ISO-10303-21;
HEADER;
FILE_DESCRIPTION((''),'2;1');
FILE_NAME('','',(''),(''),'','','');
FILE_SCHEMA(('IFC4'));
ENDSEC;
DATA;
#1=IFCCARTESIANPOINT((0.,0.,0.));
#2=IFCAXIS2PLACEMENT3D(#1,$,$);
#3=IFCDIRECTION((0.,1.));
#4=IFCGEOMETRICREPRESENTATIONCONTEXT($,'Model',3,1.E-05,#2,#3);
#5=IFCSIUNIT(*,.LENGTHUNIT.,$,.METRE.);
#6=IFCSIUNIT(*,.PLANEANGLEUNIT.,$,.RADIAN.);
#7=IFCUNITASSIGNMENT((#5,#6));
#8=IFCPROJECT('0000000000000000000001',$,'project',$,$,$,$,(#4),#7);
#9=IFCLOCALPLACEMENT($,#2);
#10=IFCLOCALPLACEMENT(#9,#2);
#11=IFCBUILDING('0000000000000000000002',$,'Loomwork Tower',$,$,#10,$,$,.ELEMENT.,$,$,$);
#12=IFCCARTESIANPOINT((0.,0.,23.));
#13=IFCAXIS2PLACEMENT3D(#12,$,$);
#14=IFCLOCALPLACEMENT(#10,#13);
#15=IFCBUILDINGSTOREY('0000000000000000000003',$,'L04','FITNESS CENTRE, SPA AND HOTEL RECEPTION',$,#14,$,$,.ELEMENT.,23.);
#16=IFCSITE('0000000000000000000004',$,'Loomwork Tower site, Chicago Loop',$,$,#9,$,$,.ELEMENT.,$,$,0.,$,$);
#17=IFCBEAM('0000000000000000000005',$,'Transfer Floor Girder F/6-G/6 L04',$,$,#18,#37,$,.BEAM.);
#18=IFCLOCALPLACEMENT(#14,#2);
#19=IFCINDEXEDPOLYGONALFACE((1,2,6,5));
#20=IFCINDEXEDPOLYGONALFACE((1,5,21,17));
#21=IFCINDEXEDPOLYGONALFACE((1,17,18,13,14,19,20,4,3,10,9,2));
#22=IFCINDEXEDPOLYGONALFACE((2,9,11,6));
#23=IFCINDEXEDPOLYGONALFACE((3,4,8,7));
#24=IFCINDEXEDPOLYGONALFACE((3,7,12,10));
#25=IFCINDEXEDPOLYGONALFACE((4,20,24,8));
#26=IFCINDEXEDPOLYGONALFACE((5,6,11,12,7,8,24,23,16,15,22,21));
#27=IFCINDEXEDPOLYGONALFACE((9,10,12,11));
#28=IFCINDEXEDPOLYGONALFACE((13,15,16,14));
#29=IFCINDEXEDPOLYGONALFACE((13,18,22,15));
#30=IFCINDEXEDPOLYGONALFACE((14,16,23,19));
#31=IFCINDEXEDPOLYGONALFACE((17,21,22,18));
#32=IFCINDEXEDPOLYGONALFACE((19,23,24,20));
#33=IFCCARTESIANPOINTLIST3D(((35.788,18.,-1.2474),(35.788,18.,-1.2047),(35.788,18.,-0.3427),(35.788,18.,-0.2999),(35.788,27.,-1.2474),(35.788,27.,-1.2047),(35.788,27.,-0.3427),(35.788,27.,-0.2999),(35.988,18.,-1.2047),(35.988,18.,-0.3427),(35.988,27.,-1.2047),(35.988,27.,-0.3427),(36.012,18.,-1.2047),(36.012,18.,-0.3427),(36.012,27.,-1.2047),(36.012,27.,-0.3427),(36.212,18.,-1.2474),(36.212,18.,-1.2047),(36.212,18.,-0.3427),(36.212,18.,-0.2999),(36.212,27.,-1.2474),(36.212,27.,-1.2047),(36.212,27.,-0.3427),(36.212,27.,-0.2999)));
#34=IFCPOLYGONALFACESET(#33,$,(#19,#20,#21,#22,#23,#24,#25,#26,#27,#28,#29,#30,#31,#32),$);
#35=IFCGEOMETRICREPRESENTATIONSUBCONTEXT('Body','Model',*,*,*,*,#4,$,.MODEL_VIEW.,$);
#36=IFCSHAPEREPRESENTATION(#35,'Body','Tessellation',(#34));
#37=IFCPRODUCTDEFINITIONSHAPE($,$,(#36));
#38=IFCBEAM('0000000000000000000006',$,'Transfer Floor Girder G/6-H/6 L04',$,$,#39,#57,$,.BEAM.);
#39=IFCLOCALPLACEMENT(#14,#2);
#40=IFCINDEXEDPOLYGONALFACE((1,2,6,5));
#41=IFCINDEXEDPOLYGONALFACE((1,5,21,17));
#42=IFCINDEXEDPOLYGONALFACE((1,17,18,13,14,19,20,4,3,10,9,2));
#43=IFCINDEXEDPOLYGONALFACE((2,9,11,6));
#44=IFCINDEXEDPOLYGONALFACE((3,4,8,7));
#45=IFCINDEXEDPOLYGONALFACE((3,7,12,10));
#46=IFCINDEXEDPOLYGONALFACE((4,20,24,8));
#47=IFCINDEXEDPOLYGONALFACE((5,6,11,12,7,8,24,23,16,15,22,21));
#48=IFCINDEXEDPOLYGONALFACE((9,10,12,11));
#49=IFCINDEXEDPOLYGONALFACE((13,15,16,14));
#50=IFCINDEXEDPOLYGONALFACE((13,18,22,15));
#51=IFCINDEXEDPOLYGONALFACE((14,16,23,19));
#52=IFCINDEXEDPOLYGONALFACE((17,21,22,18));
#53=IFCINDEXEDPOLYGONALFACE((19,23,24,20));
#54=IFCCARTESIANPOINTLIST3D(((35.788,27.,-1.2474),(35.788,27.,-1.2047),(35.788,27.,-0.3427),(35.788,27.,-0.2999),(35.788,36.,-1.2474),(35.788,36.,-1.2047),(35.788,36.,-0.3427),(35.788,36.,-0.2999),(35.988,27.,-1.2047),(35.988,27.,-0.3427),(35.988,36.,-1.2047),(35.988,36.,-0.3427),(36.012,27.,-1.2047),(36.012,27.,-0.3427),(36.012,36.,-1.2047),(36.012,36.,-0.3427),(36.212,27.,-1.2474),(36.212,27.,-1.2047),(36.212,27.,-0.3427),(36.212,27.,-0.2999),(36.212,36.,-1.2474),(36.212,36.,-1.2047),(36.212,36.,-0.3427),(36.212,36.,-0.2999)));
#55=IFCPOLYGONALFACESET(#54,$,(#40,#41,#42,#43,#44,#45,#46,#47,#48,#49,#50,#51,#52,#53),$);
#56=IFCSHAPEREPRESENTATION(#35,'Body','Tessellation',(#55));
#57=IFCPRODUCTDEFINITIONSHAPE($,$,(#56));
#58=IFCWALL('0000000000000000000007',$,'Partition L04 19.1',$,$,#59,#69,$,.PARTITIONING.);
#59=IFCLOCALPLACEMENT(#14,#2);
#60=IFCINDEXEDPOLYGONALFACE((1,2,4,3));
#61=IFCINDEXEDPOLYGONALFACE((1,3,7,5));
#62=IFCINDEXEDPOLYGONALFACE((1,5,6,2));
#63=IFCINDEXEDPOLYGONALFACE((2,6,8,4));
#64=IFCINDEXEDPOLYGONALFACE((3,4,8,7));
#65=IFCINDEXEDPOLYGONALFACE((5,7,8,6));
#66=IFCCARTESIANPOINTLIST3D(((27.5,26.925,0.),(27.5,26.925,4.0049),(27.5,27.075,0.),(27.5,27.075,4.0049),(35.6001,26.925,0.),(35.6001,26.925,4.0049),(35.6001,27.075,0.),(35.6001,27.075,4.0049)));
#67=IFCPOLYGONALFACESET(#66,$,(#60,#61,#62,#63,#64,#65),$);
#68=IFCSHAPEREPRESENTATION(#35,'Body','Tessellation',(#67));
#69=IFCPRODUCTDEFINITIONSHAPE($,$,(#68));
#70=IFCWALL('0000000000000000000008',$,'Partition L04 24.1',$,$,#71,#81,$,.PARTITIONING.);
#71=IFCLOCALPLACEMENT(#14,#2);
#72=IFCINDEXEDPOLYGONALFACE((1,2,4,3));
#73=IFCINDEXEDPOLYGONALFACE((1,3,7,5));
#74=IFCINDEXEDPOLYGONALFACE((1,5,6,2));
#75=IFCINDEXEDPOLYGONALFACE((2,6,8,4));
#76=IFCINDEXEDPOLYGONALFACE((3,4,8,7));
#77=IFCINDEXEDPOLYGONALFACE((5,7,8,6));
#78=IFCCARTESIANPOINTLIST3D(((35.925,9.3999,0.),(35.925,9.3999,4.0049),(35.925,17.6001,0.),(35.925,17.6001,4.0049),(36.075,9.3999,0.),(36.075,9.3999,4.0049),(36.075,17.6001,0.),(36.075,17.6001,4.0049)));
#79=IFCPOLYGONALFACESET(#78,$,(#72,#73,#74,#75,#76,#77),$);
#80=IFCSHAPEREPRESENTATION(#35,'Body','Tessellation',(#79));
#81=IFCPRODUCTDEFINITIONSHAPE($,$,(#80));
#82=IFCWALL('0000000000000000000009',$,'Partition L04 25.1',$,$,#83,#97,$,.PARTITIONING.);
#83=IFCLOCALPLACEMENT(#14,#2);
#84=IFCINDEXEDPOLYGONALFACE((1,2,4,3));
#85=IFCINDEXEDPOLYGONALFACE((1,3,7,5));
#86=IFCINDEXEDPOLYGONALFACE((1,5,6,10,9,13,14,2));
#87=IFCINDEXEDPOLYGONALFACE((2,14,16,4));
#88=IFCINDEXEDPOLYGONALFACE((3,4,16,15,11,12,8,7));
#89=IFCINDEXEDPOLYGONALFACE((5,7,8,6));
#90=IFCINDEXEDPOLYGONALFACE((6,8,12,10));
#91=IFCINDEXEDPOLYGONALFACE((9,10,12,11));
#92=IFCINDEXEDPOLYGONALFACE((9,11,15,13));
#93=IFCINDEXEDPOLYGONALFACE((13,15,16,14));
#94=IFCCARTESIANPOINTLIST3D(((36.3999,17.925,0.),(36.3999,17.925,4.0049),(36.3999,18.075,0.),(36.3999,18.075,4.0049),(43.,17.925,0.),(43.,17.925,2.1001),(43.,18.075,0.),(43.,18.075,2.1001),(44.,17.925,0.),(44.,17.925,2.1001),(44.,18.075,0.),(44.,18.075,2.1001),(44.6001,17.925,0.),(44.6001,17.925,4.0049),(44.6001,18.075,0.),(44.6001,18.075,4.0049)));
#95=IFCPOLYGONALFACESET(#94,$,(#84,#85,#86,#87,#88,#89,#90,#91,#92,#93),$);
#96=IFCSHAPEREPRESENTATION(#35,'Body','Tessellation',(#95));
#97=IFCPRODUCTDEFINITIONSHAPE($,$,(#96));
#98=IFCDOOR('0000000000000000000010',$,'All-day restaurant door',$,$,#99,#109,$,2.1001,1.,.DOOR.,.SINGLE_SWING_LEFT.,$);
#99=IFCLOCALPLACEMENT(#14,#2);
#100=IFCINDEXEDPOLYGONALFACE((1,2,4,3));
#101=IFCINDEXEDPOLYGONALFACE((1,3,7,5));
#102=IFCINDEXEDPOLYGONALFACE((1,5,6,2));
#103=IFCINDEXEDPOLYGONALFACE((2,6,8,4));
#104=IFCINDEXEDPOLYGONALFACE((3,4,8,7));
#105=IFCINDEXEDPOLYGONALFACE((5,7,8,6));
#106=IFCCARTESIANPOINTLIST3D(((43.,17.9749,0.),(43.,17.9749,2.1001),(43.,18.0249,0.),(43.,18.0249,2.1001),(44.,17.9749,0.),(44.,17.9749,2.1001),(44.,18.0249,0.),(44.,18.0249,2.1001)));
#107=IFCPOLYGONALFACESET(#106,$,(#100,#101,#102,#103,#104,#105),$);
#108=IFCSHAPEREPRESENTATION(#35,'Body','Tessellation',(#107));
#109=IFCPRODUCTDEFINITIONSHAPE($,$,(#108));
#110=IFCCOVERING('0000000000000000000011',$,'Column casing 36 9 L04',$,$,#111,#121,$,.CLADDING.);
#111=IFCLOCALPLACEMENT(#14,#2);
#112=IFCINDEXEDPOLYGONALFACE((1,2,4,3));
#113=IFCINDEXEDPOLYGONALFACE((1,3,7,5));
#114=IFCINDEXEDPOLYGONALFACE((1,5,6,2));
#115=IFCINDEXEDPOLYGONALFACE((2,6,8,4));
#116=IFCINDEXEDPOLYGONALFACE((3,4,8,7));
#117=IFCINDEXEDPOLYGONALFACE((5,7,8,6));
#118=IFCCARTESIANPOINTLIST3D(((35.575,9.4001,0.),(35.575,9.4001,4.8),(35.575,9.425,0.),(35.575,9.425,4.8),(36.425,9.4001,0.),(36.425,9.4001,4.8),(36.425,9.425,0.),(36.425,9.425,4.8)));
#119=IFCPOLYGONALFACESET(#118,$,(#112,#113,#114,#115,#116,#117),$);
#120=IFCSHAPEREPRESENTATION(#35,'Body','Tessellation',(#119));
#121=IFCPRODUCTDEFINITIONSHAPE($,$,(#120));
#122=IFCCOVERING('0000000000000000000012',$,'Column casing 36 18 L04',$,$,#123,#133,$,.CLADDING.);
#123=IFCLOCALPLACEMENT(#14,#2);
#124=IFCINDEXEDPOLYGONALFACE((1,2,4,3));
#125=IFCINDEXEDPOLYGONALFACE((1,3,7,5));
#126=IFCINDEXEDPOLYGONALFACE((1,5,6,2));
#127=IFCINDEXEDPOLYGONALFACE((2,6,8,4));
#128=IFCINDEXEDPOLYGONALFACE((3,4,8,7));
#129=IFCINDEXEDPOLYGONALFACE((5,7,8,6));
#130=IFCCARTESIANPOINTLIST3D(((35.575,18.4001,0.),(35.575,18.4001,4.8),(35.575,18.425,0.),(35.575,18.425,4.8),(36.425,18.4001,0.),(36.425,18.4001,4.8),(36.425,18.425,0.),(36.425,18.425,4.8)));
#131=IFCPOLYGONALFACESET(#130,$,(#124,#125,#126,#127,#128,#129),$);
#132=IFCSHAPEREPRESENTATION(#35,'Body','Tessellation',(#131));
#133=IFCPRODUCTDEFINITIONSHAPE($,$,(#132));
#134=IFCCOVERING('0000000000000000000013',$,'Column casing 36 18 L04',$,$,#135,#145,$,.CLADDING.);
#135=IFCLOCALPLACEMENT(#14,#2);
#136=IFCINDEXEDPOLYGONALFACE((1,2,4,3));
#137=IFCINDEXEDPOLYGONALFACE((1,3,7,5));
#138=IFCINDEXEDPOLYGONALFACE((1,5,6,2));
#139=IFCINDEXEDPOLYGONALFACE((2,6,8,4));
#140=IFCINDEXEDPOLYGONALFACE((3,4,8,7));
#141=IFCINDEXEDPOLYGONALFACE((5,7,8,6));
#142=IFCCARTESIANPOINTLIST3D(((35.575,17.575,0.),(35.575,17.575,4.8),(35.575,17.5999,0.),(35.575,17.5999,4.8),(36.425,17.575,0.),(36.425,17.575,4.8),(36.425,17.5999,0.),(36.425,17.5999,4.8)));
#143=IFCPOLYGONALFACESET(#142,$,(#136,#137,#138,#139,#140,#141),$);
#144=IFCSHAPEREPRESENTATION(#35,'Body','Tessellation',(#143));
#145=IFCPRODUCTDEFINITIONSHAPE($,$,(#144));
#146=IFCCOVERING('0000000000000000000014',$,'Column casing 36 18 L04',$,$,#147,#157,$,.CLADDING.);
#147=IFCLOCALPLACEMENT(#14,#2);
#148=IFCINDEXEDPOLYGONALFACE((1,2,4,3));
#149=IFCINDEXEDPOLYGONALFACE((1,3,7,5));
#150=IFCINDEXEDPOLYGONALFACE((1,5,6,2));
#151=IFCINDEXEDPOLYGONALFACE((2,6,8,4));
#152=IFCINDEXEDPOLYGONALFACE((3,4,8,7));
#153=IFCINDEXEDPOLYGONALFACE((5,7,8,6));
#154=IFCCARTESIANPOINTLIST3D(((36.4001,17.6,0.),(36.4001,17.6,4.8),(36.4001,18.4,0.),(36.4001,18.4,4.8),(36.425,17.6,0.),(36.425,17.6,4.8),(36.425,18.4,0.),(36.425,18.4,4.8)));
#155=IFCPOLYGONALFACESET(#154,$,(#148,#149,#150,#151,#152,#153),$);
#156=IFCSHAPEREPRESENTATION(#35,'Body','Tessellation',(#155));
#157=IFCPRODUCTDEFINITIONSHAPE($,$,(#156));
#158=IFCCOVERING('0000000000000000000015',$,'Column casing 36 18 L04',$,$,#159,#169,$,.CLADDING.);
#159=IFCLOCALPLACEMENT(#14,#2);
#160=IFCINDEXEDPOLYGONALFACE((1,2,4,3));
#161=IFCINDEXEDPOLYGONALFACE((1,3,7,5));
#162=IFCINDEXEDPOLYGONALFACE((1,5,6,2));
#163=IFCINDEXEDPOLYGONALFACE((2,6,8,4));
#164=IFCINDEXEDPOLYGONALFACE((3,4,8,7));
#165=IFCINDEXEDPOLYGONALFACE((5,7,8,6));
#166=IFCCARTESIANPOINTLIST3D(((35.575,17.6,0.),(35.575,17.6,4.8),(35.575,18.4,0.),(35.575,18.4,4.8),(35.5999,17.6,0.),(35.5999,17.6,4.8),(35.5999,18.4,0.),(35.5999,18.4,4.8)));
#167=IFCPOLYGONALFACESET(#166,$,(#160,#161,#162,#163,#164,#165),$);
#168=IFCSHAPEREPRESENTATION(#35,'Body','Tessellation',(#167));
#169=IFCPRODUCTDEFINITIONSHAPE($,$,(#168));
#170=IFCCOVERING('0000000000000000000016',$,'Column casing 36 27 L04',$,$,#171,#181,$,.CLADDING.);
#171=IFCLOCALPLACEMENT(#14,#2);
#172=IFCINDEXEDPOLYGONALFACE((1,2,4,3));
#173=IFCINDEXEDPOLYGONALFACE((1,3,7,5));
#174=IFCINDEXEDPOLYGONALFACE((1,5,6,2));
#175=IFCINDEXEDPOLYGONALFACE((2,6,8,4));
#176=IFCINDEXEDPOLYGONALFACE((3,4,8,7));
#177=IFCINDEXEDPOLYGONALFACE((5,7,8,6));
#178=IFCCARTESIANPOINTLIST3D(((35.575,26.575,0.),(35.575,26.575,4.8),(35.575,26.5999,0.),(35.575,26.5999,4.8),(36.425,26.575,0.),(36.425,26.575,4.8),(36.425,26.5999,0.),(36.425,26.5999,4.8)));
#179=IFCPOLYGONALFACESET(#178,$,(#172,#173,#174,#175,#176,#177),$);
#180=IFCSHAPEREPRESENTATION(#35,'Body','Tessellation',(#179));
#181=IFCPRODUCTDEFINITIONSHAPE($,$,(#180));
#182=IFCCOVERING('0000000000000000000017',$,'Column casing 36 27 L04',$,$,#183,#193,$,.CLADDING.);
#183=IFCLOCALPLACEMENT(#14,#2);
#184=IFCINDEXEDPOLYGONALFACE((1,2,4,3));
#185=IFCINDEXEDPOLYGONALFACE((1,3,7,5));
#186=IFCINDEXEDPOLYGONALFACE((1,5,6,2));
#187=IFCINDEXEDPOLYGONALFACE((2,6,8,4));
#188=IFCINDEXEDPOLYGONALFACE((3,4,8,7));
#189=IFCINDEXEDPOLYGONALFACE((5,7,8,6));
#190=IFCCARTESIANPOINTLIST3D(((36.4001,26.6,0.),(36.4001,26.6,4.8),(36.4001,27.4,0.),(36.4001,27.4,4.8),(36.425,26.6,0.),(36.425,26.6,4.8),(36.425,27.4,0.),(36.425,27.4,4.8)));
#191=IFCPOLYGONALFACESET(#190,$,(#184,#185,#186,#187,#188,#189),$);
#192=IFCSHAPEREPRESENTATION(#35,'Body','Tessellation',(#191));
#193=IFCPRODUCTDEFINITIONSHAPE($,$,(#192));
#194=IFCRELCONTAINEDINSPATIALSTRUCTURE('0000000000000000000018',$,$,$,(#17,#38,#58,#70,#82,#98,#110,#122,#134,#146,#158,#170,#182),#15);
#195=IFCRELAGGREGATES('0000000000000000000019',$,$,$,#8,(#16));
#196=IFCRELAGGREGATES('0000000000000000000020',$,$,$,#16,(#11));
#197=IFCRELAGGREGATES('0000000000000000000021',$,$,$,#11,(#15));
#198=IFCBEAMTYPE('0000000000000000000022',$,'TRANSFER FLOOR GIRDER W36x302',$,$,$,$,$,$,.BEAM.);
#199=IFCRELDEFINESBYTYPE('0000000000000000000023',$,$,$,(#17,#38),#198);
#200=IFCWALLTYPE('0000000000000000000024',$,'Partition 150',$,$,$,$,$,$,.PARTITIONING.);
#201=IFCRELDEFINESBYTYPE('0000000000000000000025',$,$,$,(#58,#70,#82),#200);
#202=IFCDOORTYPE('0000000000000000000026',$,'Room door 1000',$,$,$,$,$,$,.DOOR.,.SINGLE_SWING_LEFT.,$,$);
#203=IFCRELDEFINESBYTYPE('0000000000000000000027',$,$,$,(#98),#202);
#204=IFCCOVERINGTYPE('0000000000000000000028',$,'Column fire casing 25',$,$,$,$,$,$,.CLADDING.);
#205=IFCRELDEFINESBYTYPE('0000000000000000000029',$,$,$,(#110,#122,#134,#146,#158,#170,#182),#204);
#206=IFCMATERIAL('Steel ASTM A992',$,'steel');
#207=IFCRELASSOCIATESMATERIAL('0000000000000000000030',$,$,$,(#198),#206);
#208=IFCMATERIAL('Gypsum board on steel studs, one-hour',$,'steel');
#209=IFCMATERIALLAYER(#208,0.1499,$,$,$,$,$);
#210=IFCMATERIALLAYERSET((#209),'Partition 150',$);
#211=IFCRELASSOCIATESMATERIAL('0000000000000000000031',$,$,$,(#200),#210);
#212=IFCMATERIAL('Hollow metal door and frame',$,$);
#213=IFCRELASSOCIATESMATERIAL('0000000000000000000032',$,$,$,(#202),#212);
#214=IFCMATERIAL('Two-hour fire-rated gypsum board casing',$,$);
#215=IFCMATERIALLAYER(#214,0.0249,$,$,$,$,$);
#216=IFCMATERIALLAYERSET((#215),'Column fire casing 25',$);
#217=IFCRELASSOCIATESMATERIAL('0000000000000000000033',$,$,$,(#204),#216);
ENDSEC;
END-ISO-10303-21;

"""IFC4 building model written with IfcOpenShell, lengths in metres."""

from ifc_helpers import new_model, si_unit, direction, frame, frame_2d, origin, origin_2d, place, context, subcontext, project, spatial, rectangle, i_section, extrude, material, layer, layer_set, material_profile, profile_set, type_object, element, fill, save


model = new_model("IFC4")

# Units and contexts
model_context = context("Model", 3, precision=1e-05, world=origin(), true_north=direction((0.0, 1.0)))
body_context = subcontext(model_context, "Body", "Model", "MODEL_VIEW")
ifc_project = project(units=[si_unit("LENGTHUNIT", "METRE"), si_unit("PLANEANGLEUNIT", "RADIAN")], contexts=[model_context])

# Site, building, storey
site_placement = place(None, origin())
site = spatial("IfcSite", under=ifc_project, at=site_placement, Name="Loomwork Tower site, Chicago Loop", CompositionType="ELEMENT", RefElevation=0.0)
building_placement = place(site_placement, origin())
building = spatial("IfcBuilding", under=site, at=building_placement, Name="Loomwork Tower", CompositionType="ELEMENT")
storey_placement = place(building_placement, frame((0.0, 0.0, 23.0)))
storey = spatial("IfcBuildingStorey", under=building, at=storey_placement, Name="L04", Description="FITNESS CENTRE, SPA AND HOTEL RECEPTION", CompositionType="ELEMENT", Elevation=23.0)

# Beams
ifc_material_1 = material(Name="Steel ASTM A992", Category="steel")
ifc_material_profile_1 = material_profile(ifc_material_1, i_section(OverallWidth=0.4241, OverallDepth=0.9475, WebThickness=0.0239, FlangeThickness=0.0427, at=origin_2d()), Name="W36x302")
ifc_profile_set_1 = profile_set([ifc_material_profile_1], Name="Steel ASTM A992")
beam_type_1 = type_object("IfcBeamType", Name="TRANSFER FLOOR GIRDER W36x302", PredefinedType="BEAM", material=ifc_profile_set_1)
for number, where, z_axis, x_axis, name in (
    (1, (36.0, 18.0, -0.7737), (0.0, 1.0, 0.0), (-1.0, 0.0, 0.0), "Transfer Floor Girder F/6-G/6 L04"),
    (2, (36.0, 27.0, -0.7737), (0.0, 1.0, 0.0), (-1.0, 0.0, 0.0), "Transfer Floor Girder G/6-H/6 L04"),
):
    element("IfcBeam", number, at=place(storey_placement, frame(where, z_axis=z_axis, x_axis=x_axis)), inside=storey, type_object=beam_type_1, Name=name, PredefinedType="BEAM", context=body_context, shape_type="SweptSolid", body=[
        extrude(i_section(OverallWidth=0.4241, OverallDepth=0.9475, WebThickness=0.0239, FlangeThickness=0.0427, at=origin_2d()), origin(), (0.0, 0.0, 1.0), 9.0),
    ])

# Walls
ifc_material_2 = material(Name="Gypsum board on steel studs, one-hour", Category="steel")
ifc_layer_1 = layer(ifc_material_2, 0.1499)
ifc_layer_set_1 = layer_set([ifc_layer_1], Name="Partition 150")
wall_type = type_object("IfcWallType", Name="Partition 150", PredefinedType="PARTITIONING", material=ifc_layer_set_1)
wall_1_placement = place(storey_placement, frame((35.6001, 27.0, 0.0), z_axis=(0.0, 0.0, 1.0), x_axis=(-1.0, 0.0, 0.0)))
element("IfcWall", 3, at=wall_1_placement, inside=storey, type_object=wall_type, Name="Partition L04 19.1", PredefinedType="PARTITIONING", context=body_context, shape_type="SweptSolid", body=[
    extrude(rectangle(XDim=8.1001, YDim=0.1499, at=frame_2d((4.05, 0.0))), origin(), (0.0, 0.0, 1.0), 4.0049),
])
wall_2_placement = place(storey_placement, frame((36.0, 9.3999, 0.0), z_axis=(0.0, 0.0, 1.0), x_axis=(0.0, 1.0, 0.0)))
element("IfcWall", 4, at=wall_2_placement, inside=storey, type_object=wall_type, Name="Partition L04 24.1", PredefinedType="PARTITIONING", context=body_context, shape_type="SweptSolid", body=[
    extrude(rectangle(XDim=8.2002, YDim=0.1499, at=frame_2d((4.1001, 0.0))), origin(), (0.0, 0.0, 1.0), 4.0049),
])

# Wall, opening, door
wall_3_placement = place(storey_placement, frame((36.3999, 18.0, 0.0), z_axis=(0.0, 0.0, 1.0), x_axis=(1.0, 0.0, 0.0)))
wall_3 = element("IfcWall", 5, at=wall_3_placement, inside=storey, type_object=wall_type, Name="Partition L04 25.1", PredefinedType="PARTITIONING", context=body_context, shape_type="SweptSolid", body=[
    extrude(rectangle(XDim=8.2002, YDim=0.1499, at=frame_2d((4.1001, 0.0))), origin(), (0.0, 0.0, 1.0), 4.0049),
])
opening_placement = place(wall_3_placement, frame((6.6001, 0.0, 0.0)))
opening = element("IfcOpeningElement", 6, at=opening_placement, cuts=wall_3, PredefinedType="OPENING", context=body_context, shape_type="SweptSolid", body=[
    extrude(rectangle(XDim=1.0, YDim=2.1001, at=frame_2d((0.5, 1.05))), frame((0.0, 0.085, 0.0), z_axis=(0.0, -1.0, 0.0), x_axis=(1.0, 0.0, 0.0)), (0.0, 0.0, 1.0), 0.1699),
])
ifc_material_3 = material(Name="Hollow metal door and frame")
door_type = type_object("IfcDoorType", Name="Room door 1000", OperationType="SINGLE_SWING_LEFT", PredefinedType="DOOR", material=ifc_material_3)
door_placement = place(opening_placement, origin())
door = element("IfcDoor", 7, at=door_placement, inside=storey, type_object=door_type, Name="All-day restaurant door", OperationType="SINGLE_SWING_LEFT", OverallHeight=2.1001, OverallWidth=1.0, PredefinedType="DOOR", context=body_context, shape_type="SweptSolid", body=[
    extrude(rectangle(XDim=1.0, YDim=2.1001, at=frame_2d((0.5, 1.05))), frame((0.0, 0.0249, 0.0), z_axis=(0.0, -1.0, 0.0), x_axis=(1.0, 0.0, 0.0)), (0.0, 0.0, 1.0), 0.05),
])
fill(opening, door)

# Coverings
ifc_material_4 = material(Name="Two-hour fire-rated gypsum board casing")
ifc_layer_2 = layer(ifc_material_4, 0.0249)
ifc_layer_set_2 = layer_set([ifc_layer_2], Name="Column fire casing 25")
covering_type = type_object("IfcCoveringType", Name="Column fire casing 25", PredefinedType="CLADDING", material=ifc_layer_set_2)
for number, where, z_axis, x_axis, name in (
    (8, (36.0, 9.4126, 0.0), (0.0, 0.0, 1.0), (1.0, 0.0, 0.0), "Column casing 36 9 L04"),
    (9, (36.0, 18.4126, 0.0), (0.0, 0.0, 1.0), (1.0, 0.0, 0.0), "Column casing 36 18 L04"),
    (10, (36.0, 17.5874, 0.0), (0.0, 0.0, 1.0), (1.0, 0.0, 0.0), "Column casing 36 18 L04"),
):
    element("IfcCovering", number, at=place(storey_placement, frame(where, z_axis=z_axis, x_axis=x_axis)), inside=storey, type_object=covering_type, Name=name, PredefinedType="CLADDING", context=body_context, shape_type="SweptSolid", body=[
        extrude(rectangle(XDim=0.8501, YDim=0.0249, at=origin_2d()), origin(), (0.0, 0.0, 1.0), 4.8),
    ])
for number, where, z_axis, x_axis, name in (
    (11, (36.4126, 18.0, 0.0), (0.0, 0.0, 1.0), (1.0, 0.0, 0.0), "Column casing 36 18 L04"),
    (12, (35.5874, 18.0, 0.0), (0.0, 0.0, 1.0), (1.0, 0.0, 0.0), "Column casing 36 18 L04"),
):
    element("IfcCovering", number, at=place(storey_placement, frame(where, z_axis=z_axis, x_axis=x_axis)), inside=storey, type_object=covering_type, Name=name, PredefinedType="CLADDING", context=body_context, shape_type="SweptSolid", body=[
        extrude(rectangle(XDim=0.0249, YDim=0.8, at=origin_2d()), origin(), (0.0, 0.0, 1.0), 4.8),
    ])
covering_placement = place(storey_placement, frame((36.0, 26.5874, 0.0), z_axis=(0.0, 0.0, 1.0), x_axis=(1.0, 0.0, 0.0)))
element("IfcCovering", 13, at=covering_placement, inside=storey, type_object=covering_type, Name="Column casing 36 27 L04", PredefinedType="CLADDING", context=body_context, shape_type="SweptSolid", body=[
    extrude(rectangle(XDim=0.8501, YDim=0.0249, at=origin_2d()), origin(), (0.0, 0.0, 1.0), 4.8),
])
for number, where, z_axis, x_axis, name in (
    (14, (36.4126, 27.0, 0.0), (0.0, 0.0, 1.0), (1.0, 0.0, 0.0), "Column casing 36 27 L04"),
):
    element("IfcCovering", number, at=place(storey_placement, frame(where, z_axis=z_axis, x_axis=x_axis)), inside=storey, type_object=covering_type, Name=name, PredefinedType="CLADDING", context=body_context, shape_type="SweptSolid", body=[
        extrude(rectangle(XDim=0.0249, YDim=0.8, at=origin_2d()), origin(), (0.0, 0.0, 1.0), 4.8),
    ])

save(model, "model.ifc")
